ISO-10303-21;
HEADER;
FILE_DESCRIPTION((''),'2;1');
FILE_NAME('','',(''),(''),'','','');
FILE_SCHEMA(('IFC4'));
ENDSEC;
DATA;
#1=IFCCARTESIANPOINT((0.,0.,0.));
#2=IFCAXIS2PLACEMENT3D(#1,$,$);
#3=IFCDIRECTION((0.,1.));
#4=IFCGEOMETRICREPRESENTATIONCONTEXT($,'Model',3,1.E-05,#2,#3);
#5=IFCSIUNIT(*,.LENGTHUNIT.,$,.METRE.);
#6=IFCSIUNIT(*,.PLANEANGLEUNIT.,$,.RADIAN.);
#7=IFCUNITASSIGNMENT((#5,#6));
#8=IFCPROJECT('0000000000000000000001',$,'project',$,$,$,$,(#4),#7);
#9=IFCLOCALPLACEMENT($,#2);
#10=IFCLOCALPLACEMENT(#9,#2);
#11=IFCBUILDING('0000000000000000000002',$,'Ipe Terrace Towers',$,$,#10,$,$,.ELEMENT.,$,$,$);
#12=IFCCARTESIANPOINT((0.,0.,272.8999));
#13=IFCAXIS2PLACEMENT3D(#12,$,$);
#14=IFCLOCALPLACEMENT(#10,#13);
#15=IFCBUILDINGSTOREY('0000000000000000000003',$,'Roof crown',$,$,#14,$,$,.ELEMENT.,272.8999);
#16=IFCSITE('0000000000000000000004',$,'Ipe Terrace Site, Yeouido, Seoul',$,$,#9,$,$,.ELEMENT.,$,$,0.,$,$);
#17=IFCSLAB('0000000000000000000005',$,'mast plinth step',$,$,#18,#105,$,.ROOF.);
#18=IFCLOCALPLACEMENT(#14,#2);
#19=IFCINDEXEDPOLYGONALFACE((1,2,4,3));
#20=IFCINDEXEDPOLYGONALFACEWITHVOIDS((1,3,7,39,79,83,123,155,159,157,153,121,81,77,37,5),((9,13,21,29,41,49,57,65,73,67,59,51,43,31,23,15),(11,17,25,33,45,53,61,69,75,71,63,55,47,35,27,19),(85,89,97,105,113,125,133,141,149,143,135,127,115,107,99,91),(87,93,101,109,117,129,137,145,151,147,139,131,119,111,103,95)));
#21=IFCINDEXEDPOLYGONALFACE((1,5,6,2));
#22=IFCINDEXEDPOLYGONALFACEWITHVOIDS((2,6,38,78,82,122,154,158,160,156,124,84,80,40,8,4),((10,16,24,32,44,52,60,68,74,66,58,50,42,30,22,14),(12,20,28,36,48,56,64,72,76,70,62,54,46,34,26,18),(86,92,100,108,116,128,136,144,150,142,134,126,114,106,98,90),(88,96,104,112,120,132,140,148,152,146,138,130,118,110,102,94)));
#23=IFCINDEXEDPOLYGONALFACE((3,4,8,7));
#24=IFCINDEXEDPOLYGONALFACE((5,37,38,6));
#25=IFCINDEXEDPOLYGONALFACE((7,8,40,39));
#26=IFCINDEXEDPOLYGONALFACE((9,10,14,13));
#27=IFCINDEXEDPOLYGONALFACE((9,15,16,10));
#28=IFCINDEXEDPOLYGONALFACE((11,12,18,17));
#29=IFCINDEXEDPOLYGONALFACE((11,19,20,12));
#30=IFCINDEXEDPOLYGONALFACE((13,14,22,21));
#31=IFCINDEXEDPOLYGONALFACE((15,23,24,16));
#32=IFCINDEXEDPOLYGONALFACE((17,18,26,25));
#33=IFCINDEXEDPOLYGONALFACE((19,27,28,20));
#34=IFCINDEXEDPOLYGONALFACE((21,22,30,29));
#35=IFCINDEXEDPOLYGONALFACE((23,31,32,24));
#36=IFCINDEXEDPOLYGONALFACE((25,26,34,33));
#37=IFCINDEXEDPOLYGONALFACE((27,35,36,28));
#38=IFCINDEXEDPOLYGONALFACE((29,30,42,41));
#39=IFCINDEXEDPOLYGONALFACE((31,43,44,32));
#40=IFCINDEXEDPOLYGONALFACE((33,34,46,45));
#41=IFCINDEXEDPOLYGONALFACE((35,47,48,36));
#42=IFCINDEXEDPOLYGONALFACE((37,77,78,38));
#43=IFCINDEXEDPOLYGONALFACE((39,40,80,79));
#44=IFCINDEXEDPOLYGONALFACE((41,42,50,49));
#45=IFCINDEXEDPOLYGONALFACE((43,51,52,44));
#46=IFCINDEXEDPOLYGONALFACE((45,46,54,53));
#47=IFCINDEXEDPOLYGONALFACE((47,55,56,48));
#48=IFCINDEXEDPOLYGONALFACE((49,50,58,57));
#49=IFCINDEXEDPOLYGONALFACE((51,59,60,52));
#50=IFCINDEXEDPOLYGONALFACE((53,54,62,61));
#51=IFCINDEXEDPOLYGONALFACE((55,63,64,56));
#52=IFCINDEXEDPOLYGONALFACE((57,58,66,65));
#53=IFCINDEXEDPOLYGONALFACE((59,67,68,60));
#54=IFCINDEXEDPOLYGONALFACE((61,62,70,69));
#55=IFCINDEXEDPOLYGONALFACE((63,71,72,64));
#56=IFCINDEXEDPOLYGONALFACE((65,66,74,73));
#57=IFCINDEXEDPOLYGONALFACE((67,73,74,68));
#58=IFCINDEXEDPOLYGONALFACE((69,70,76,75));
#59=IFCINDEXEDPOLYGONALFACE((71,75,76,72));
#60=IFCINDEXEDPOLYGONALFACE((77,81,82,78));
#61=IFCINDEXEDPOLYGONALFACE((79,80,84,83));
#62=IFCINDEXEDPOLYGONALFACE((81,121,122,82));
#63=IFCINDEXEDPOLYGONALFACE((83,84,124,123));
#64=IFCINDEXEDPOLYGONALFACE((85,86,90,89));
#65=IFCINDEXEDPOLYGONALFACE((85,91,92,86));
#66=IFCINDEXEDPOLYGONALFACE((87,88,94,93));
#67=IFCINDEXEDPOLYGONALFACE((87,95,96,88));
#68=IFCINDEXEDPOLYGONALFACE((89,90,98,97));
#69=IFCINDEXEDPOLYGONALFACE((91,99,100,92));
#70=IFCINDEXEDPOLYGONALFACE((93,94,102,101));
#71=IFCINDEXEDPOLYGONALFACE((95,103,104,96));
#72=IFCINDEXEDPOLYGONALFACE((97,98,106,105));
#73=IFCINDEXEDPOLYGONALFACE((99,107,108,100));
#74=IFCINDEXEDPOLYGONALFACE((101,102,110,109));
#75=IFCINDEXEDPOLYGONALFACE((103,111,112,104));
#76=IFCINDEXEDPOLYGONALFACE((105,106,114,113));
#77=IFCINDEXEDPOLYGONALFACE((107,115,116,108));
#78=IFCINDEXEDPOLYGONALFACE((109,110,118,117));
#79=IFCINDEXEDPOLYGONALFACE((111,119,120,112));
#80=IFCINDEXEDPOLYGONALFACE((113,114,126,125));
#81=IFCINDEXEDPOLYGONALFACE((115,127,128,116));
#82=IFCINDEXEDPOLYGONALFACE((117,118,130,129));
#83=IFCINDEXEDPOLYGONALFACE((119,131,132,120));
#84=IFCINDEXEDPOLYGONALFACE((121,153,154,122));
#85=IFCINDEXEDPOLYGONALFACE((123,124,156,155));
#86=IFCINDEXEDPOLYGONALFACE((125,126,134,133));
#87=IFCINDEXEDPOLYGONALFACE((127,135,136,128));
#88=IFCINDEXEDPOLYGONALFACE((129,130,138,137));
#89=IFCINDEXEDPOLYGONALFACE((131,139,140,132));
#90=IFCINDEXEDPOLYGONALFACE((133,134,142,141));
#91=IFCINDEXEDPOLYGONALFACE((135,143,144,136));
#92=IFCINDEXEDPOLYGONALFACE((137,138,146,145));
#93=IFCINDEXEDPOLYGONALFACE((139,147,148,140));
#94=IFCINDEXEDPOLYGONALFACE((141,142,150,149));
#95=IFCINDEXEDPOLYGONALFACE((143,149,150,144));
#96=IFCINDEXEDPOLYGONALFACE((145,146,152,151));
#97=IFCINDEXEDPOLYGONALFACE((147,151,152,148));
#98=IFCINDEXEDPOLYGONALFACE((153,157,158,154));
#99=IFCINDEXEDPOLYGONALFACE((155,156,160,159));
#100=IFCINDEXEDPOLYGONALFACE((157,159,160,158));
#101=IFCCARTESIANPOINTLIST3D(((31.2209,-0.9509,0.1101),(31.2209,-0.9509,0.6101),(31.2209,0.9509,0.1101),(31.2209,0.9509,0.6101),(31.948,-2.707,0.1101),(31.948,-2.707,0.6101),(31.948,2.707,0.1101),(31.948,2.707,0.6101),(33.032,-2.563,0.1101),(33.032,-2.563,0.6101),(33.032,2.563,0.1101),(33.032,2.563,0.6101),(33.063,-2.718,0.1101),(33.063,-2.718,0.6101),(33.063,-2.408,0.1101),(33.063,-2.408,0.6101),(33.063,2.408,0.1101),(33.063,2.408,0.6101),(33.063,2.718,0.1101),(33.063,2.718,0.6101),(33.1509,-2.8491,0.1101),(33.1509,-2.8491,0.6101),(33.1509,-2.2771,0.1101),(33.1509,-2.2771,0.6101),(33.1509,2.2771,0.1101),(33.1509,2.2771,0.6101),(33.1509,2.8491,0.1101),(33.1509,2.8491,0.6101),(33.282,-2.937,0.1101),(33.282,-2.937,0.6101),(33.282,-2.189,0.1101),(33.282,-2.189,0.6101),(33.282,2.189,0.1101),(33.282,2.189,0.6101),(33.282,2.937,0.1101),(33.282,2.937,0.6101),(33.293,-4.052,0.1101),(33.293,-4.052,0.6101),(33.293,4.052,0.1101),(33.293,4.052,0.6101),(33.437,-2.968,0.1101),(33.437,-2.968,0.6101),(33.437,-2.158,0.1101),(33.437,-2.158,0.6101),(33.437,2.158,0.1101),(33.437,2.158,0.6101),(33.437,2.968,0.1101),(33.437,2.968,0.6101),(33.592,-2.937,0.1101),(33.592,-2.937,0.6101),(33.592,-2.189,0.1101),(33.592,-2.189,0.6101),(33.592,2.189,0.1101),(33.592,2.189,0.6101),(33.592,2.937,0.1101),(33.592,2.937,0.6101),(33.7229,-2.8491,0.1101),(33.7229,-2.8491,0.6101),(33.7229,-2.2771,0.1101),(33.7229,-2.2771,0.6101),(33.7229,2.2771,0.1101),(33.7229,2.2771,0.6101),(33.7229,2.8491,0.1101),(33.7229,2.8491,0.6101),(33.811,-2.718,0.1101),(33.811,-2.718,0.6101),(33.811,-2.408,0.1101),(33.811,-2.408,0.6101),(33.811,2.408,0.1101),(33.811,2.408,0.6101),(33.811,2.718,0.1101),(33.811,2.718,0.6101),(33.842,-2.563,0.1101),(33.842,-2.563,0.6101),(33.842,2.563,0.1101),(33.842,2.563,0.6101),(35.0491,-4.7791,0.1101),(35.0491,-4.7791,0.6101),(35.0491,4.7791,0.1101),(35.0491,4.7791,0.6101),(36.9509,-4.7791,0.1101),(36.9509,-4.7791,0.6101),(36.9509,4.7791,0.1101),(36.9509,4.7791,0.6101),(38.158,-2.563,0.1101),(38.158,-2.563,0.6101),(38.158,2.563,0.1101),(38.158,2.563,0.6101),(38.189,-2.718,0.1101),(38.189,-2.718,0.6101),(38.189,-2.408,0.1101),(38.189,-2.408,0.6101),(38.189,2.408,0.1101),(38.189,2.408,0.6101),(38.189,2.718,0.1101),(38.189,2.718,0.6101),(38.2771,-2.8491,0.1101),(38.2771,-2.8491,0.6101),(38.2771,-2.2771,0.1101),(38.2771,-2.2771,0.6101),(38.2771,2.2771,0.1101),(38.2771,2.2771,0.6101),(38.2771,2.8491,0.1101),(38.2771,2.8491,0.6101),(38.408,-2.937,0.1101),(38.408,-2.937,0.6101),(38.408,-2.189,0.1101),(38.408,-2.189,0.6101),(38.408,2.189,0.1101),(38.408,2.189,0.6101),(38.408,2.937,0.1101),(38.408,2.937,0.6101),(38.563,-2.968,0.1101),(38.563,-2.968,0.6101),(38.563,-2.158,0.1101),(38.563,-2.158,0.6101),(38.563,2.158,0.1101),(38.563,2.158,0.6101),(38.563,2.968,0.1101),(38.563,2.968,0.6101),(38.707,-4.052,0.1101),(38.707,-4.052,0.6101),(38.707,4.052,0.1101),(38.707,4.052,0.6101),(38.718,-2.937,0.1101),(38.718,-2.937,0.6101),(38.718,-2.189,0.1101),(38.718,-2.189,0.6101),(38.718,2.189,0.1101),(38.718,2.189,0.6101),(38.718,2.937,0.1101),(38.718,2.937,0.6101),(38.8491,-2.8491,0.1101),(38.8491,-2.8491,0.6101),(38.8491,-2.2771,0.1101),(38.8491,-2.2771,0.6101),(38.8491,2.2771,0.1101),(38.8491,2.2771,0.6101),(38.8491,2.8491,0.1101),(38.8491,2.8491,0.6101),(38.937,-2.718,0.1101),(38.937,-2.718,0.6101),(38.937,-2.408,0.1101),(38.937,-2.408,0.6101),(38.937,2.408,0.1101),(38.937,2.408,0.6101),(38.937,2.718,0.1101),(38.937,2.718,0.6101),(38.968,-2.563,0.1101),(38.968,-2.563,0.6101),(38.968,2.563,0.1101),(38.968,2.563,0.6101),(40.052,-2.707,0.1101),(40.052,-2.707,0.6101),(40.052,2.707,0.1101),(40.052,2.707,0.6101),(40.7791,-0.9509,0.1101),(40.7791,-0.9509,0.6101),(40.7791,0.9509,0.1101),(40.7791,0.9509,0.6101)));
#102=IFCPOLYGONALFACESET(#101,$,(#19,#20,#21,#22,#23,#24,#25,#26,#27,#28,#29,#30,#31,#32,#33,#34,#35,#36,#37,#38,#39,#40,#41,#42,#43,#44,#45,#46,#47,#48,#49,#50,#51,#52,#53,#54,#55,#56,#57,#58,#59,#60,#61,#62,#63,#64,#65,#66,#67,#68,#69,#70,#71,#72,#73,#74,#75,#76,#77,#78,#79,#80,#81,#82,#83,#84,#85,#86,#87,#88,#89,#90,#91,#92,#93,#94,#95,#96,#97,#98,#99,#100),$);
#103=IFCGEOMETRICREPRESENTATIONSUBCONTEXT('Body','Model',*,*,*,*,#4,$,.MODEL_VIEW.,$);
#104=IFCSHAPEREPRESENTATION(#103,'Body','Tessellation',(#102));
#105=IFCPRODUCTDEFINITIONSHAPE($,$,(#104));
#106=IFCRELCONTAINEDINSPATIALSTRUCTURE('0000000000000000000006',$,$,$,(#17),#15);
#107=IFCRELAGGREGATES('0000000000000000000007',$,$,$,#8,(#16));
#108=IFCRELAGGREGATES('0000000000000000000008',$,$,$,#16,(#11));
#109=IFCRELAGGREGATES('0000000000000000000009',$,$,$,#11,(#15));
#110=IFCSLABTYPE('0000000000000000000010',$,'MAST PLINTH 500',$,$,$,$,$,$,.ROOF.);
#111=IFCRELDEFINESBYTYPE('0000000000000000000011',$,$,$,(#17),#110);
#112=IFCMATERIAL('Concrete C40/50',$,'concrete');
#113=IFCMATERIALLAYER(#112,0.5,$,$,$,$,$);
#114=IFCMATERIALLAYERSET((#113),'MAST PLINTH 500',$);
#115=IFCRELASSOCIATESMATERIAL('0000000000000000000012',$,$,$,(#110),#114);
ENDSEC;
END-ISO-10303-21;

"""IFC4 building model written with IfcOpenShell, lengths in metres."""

from ifc_helpers import new_model, si_unit, direction, frame, origin, place, context, subcontext, project, spatial, polyline, outline, extrude, material, layer, layer_set, type_object, element, save


model = new_model("IFC4")

# Units and contexts
model_context = context("Model", 3, precision=1e-05, world=origin(), true_north=direction((0.0, 1.0)))
body_context = subcontext(model_context, "Body", "Model", "MODEL_VIEW")
ifc_project = project(units=[si_unit("LENGTHUNIT", "METRE"), si_unit("PLANEANGLEUNIT", "RADIAN")], contexts=[model_context])

# Site, building, storey
site_placement = place(None, origin())
site = spatial("IfcSite", under=ifc_project, at=site_placement, Name="Ipe Terrace Site, Yeouido, Seoul", CompositionType="ELEMENT", RefElevation=0.0)
building_placement = place(site_placement, origin())
building = spatial("IfcBuilding", under=site, at=building_placement, Name="Ipe Terrace Towers", CompositionType="ELEMENT")
storey_placement = place(building_placement, frame((0.0, 0.0, 272.8999)))
storey = spatial("IfcBuildingStorey", under=building, at=storey_placement, Name="Roof crown", CompositionType="ELEMENT", Elevation=272.8999)

# Slab
ifc_material_1 = material(Name="Concrete C40/50", Category="concrete")
ifc_layer_1 = layer(ifc_material_1, 0.5)
ifc_layer_set_1 = layer_set([ifc_layer_1], Name="MAST PLINTH 500")
slab_type_1 = type_object("IfcSlabType", Name="MAST PLINTH 500", PredefinedType="ROOF", material=ifc_layer_set_1)
slab_1_placement = place(storey_placement, frame((0.0, 0.0, 0.1101)))
element("IfcSlab", 1, at=slab_1_placement, inside=storey, type_object=slab_type_1, Name="mast plinth step", PredefinedType="ROOF", context=body_context, shape_type="SweptSolid", body=[
    extrude(outline(polyline([(40.7791, 0.9509), (40.052, 2.707), (38.707, 4.052), (36.9509, 4.7791), (35.0491, 4.7791), (33.293, 4.052), (31.948, 2.707), (31.2209, 0.9509), (31.2209, -0.9509), (31.948, -2.707), (33.293, -4.052), (35.0491, -4.7791), (36.9509, -4.7791), (38.707, -4.052), (40.052, -2.707), (40.7791, -0.9509), (40.7791, 0.9509)]), holes=[polyline([(38.968, -2.563), (38.937, -2.408), (38.8491, -2.2771), (38.718, -2.189), (38.563, -2.158), (38.408, -2.189), (38.2771, -2.2771), (38.189, -2.408), (38.158, -2.563), (38.189, -2.718), (38.2771, -2.8491), (38.408, -2.937), (38.563, -2.968), (38.718, -2.937), (38.8491, -2.8491), (38.937, -2.718), (38.968, -2.563)]), polyline([(33.842, -2.563), (33.811, -2.408), (33.7229, -2.2771), (33.592, -2.189), (33.437, -2.158), (33.282, -2.189), (33.1509, -2.2771), (33.063, -2.408), (33.032, -2.563), (33.063, -2.718), (33.1509, -2.8491), (33.282, -2.937), (33.437, -2.968), (33.592, -2.937), (33.7229, -2.8491), (33.811, -2.718), (33.842, -2.563)]), polyline([(38.968, 2.563), (38.937, 2.718), (38.8491, 2.8491), (38.718, 2.937), (38.563, 2.968), (38.408, 2.937), (38.2771, 2.8491), (38.189, 2.718), (38.158, 2.563), (38.189, 2.408), (38.2771, 2.2771), (38.408, 2.189), (38.563, 2.158), (38.718, 2.189), (38.8491, 2.2771), (38.937, 2.408), (38.968, 2.563)]), polyline([(33.842, 2.563), (33.811, 2.718), (33.7229, 2.8491), (33.592, 2.937), (33.437, 2.968), (33.282, 2.937), (33.1509, 2.8491), (33.063, 2.718), (33.032, 2.563), (33.063, 2.408), (33.1509, 2.2771), (33.282, 2.189), (33.437, 2.158), (33.592, 2.189), (33.7229, 2.2771), (33.811, 2.408), (33.842, 2.563)])]), origin(), (0.0, 0.0, 1.0), 0.5),
])

save(model, "model.ifc")
